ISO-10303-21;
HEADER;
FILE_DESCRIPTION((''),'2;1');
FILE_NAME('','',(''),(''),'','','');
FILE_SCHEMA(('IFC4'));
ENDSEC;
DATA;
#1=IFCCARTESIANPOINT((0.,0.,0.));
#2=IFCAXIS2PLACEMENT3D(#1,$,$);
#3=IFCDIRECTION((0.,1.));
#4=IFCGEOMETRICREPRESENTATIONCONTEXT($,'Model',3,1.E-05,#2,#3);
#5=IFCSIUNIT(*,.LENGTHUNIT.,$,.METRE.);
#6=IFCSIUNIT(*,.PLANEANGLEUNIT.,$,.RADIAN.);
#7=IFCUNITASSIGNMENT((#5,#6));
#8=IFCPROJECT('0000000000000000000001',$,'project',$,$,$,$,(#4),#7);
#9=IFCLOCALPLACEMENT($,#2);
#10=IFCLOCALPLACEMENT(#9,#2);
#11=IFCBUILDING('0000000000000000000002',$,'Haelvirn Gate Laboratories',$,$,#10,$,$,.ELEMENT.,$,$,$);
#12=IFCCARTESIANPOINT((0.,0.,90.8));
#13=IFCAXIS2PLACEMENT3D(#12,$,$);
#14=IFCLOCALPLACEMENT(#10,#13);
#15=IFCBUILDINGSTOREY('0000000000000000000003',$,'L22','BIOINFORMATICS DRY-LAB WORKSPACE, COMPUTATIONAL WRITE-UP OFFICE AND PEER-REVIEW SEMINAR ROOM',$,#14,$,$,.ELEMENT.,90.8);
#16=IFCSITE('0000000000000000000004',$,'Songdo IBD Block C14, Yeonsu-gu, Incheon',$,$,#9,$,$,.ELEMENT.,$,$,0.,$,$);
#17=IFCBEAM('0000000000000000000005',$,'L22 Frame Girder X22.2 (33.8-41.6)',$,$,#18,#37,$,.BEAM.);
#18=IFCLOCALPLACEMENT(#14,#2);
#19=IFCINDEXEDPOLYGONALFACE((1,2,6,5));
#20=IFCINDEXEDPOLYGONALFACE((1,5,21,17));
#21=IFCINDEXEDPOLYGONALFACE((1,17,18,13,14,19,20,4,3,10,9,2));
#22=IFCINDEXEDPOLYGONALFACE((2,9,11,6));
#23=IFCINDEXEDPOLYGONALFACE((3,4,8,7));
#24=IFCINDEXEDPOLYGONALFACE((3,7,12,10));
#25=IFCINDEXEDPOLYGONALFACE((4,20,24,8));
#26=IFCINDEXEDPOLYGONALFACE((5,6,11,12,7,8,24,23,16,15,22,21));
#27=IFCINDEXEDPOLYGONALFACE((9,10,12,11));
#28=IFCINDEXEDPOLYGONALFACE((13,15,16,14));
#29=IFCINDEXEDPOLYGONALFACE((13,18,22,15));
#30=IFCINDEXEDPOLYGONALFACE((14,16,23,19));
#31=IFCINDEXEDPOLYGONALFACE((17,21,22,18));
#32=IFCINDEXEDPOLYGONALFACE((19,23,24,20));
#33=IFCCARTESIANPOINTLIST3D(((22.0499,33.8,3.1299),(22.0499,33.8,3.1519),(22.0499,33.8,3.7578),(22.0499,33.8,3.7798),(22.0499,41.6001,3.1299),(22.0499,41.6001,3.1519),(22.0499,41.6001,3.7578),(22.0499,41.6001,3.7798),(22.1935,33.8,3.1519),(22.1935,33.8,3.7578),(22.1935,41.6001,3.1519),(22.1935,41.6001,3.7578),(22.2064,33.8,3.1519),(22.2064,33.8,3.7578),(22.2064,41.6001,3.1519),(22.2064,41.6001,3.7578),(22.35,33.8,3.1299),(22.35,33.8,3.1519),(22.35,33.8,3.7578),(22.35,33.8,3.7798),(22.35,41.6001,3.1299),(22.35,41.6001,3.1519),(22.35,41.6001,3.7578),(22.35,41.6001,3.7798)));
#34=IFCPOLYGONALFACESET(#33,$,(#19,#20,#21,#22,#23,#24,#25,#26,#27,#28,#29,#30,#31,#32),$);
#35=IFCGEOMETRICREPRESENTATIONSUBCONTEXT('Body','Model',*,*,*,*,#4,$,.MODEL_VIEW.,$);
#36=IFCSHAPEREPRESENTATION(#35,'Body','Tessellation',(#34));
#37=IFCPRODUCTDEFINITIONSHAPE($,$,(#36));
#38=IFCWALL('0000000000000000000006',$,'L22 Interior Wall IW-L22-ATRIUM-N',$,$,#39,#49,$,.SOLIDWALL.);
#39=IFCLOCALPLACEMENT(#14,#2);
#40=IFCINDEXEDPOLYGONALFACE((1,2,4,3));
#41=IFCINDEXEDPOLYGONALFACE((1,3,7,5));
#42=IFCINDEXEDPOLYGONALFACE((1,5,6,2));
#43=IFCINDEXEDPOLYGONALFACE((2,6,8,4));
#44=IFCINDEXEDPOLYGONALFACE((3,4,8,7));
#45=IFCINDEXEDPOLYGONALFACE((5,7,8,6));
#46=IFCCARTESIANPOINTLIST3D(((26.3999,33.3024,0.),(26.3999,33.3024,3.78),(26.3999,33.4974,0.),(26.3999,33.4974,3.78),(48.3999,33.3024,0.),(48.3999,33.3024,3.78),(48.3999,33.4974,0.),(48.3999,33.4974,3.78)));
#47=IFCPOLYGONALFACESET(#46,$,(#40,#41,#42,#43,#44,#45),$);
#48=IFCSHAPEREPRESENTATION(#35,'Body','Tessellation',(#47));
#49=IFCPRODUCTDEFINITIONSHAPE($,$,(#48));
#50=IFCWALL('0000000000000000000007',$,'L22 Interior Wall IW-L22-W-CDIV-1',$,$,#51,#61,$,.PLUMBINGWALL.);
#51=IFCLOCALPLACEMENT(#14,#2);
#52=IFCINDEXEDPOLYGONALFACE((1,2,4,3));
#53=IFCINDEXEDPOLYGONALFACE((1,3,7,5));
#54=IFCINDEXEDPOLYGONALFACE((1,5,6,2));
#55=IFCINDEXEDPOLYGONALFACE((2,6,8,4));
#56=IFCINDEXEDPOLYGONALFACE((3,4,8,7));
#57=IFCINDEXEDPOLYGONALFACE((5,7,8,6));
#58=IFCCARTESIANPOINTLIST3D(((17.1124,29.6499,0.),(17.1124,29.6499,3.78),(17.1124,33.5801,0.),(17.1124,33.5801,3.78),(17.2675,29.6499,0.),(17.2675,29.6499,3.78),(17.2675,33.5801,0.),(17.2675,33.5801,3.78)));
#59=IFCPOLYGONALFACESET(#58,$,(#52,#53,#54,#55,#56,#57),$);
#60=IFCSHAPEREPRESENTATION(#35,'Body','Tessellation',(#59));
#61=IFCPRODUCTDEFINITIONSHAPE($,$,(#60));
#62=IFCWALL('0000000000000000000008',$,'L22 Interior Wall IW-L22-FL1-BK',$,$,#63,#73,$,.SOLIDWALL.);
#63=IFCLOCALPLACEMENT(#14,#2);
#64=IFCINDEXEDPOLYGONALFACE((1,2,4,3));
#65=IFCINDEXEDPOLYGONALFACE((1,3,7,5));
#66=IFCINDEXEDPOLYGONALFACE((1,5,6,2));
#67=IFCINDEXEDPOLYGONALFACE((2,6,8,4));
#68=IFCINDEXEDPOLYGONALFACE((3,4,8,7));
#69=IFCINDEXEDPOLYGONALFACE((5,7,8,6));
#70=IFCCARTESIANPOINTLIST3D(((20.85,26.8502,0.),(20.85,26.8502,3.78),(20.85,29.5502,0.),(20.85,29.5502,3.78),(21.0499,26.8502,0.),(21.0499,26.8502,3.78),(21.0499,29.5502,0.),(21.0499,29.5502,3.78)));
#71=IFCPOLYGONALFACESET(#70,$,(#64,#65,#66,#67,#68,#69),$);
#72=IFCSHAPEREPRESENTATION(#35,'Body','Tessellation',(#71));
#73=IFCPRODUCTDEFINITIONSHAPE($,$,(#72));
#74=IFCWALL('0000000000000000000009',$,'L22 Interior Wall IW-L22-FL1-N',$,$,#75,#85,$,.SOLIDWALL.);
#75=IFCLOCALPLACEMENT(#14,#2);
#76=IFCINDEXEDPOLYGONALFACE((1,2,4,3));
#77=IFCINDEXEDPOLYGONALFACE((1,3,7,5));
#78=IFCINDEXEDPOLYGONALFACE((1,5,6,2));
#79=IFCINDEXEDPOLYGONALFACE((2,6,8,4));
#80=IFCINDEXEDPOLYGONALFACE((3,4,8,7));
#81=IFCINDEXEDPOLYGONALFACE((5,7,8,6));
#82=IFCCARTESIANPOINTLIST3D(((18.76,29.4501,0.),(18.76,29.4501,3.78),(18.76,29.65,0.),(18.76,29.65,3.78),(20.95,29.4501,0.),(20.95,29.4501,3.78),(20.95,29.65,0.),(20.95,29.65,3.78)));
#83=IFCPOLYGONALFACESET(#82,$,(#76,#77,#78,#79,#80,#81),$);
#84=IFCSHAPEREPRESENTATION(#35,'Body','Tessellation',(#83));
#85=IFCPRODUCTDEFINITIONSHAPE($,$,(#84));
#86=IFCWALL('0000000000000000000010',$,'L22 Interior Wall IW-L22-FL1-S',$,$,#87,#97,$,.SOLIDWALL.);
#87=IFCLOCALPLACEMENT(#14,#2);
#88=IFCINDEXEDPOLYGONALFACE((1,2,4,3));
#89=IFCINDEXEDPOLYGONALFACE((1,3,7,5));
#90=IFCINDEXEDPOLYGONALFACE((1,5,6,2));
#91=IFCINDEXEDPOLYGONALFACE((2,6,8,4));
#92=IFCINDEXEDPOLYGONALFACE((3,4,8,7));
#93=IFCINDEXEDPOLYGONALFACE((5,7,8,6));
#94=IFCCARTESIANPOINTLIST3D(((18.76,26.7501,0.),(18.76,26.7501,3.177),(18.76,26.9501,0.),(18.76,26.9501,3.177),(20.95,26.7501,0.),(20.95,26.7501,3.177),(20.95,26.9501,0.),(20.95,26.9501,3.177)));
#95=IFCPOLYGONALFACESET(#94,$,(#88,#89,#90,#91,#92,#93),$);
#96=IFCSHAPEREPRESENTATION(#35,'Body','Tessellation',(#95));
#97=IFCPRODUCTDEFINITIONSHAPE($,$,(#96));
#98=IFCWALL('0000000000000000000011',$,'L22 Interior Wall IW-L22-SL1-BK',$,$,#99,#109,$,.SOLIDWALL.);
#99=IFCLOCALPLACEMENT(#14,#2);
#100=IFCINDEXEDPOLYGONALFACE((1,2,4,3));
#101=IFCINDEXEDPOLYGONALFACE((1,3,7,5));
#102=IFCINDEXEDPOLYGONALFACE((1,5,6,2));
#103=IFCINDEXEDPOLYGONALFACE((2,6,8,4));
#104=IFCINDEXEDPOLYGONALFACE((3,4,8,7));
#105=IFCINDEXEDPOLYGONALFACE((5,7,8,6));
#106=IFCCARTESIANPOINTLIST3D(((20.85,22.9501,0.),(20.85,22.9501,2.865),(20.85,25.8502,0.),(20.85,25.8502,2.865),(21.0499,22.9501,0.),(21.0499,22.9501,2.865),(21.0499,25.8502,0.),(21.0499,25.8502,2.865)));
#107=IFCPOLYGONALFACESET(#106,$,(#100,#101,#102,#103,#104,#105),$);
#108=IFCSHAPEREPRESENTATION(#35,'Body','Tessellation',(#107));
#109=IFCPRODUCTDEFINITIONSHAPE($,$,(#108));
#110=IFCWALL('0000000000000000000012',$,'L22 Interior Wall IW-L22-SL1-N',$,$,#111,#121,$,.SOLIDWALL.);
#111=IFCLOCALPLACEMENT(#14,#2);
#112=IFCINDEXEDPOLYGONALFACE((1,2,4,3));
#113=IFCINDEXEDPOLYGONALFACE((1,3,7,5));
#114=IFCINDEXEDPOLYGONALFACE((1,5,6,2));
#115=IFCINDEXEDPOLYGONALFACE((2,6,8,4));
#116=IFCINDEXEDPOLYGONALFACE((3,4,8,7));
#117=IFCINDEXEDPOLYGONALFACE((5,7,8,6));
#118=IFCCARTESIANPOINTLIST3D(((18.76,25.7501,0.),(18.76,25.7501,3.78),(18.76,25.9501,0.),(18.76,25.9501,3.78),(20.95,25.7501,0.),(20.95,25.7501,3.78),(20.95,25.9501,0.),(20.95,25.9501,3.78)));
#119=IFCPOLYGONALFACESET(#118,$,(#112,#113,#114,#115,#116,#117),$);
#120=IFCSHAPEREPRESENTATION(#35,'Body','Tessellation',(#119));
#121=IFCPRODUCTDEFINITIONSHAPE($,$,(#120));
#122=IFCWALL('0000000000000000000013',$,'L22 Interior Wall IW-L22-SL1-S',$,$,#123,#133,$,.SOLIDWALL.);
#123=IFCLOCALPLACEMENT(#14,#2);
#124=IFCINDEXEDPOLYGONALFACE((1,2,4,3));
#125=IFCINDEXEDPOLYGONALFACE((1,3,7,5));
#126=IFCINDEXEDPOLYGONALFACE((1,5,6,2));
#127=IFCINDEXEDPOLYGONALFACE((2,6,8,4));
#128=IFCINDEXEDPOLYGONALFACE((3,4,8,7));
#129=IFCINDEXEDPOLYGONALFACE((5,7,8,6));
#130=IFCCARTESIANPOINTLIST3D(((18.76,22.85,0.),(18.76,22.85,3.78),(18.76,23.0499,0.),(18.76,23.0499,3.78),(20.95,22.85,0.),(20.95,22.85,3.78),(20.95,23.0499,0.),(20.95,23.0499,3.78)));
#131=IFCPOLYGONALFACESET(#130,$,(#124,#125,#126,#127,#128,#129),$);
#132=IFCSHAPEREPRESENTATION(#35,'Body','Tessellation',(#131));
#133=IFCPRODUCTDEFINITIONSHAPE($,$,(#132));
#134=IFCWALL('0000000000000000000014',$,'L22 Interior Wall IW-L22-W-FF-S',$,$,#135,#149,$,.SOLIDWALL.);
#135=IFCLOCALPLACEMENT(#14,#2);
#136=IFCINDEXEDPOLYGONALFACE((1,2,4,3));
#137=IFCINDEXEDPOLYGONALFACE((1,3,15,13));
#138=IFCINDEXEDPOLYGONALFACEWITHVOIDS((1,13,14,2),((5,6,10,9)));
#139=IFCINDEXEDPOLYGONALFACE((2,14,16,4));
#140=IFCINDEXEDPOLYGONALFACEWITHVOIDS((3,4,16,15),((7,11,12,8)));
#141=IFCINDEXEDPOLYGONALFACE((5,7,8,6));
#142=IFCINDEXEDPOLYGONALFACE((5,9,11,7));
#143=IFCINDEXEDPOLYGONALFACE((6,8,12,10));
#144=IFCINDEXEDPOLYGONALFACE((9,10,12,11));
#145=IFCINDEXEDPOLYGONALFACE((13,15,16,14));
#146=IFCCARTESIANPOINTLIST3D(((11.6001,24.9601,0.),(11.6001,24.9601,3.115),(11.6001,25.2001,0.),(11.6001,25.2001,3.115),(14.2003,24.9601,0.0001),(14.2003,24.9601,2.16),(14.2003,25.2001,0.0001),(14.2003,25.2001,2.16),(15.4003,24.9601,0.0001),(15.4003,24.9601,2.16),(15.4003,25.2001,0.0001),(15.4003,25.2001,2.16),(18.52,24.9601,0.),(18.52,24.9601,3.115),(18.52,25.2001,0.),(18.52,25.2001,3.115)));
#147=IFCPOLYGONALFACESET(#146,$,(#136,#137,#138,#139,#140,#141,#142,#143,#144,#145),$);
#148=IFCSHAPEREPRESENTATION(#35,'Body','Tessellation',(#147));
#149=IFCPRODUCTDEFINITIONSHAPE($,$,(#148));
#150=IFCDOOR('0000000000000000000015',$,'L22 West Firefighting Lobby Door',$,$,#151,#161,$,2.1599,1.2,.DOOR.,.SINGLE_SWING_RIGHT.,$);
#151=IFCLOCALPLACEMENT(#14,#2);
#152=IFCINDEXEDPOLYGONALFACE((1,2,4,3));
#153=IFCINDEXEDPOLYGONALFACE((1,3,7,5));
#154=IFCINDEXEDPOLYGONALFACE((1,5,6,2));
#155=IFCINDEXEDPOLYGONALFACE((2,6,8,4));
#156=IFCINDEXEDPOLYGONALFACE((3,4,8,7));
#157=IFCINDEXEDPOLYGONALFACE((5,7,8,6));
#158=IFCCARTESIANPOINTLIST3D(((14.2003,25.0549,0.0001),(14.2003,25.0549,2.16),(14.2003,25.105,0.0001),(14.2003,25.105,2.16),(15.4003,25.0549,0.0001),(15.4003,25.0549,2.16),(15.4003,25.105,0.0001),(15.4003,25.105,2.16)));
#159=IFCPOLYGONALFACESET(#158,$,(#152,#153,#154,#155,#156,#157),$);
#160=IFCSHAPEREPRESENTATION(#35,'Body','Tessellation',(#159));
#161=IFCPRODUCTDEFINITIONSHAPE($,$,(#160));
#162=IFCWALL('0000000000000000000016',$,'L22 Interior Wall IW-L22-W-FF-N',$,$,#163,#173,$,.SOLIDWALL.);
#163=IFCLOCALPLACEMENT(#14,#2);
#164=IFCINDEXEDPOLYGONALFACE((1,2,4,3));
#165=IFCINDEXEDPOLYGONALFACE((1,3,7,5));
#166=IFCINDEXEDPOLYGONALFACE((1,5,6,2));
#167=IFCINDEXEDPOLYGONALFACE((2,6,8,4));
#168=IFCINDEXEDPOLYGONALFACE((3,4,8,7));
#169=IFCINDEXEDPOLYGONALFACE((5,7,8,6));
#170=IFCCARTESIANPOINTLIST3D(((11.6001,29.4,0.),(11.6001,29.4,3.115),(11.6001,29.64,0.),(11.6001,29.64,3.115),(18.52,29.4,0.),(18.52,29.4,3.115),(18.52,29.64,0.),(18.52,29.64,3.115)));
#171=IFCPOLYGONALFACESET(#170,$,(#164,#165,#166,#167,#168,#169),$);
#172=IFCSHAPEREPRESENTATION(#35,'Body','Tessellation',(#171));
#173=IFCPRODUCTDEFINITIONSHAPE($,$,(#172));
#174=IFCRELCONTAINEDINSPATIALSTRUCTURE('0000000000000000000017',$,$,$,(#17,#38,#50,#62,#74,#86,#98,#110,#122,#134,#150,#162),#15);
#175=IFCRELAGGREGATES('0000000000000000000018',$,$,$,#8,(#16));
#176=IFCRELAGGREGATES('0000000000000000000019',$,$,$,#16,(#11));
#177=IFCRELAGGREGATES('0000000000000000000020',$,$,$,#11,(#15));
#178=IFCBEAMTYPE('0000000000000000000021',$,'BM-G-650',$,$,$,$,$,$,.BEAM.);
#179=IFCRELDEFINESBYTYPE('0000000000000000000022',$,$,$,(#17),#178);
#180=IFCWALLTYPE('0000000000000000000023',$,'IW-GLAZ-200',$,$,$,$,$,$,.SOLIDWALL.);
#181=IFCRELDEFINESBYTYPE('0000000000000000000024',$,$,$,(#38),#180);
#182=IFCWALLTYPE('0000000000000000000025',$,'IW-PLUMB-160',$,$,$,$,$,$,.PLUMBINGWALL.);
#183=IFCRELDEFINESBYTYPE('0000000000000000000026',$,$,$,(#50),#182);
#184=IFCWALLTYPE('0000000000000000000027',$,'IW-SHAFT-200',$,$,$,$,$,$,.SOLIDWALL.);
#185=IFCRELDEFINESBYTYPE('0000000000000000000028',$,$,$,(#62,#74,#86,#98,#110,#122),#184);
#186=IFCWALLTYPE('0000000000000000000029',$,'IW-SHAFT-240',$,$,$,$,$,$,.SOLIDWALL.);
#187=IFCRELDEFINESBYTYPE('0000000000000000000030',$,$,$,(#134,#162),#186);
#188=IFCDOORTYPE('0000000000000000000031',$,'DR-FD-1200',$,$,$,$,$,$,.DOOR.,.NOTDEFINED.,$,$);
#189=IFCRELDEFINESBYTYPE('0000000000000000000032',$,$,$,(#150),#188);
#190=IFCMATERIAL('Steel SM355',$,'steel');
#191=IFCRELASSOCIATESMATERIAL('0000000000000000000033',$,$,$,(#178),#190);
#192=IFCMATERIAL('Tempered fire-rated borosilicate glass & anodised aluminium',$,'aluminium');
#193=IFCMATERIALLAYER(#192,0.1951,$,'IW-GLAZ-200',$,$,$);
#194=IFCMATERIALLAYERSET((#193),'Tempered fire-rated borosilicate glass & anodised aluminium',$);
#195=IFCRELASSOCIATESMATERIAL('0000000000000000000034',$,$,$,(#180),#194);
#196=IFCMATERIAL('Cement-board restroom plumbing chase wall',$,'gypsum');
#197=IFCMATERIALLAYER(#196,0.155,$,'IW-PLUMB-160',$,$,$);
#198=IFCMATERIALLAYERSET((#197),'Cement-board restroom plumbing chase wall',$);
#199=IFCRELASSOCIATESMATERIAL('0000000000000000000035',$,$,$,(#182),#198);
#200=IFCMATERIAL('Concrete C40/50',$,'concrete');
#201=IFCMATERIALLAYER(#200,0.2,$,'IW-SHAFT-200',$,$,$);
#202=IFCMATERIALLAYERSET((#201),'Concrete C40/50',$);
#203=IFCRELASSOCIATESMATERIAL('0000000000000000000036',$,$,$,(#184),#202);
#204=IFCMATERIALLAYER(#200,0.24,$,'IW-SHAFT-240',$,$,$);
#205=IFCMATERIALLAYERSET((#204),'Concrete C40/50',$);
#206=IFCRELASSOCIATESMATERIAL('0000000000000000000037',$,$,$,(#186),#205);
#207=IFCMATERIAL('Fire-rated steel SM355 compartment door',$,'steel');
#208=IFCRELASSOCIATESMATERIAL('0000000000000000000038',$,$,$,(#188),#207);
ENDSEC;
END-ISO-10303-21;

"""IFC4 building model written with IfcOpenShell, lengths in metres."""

from ifc_helpers import new_model, si_unit, direction, frame, frame_2d, origin, origin_2d, place, context, subcontext, project, spatial, rectangle, i_section, extrude, source, transform, mapped, material, layer, layer_set, material_profile, profile_set, type_object, type_shapes, element, fill, save


model = new_model("IFC4")

# Units and contexts
model_context = context("Model", 3, precision=1e-05, world=origin(), true_north=direction((0.0, 1.0)))
body_context = subcontext(model_context, "Body", "Model", "MODEL_VIEW")
ifc_project = project(units=[si_unit("LENGTHUNIT", "METRE"), si_unit("PLANEANGLEUNIT", "RADIAN")], contexts=[model_context])

# Site, building, storey
site_placement = place(None, origin())
site = spatial("IfcSite", under=ifc_project, at=site_placement, Name="Songdo IBD Block C14, Yeonsu-gu, Incheon", CompositionType="ELEMENT", RefElevation=0.0)
building_placement = place(site_placement, origin())
building = spatial("IfcBuilding", under=site, at=building_placement, Name="Haelvirn Gate Laboratories", CompositionType="ELEMENT")
storey_placement = place(building_placement, frame((0.0, 0.0, 90.8)))
storey = spatial("IfcBuildingStorey", under=building, at=storey_placement, Name="L22", Description="BIOINFORMATICS DRY-LAB WORKSPACE, COMPUTATIONAL WRITE-UP OFFICE AND PEER-REVIEW SEMINAR ROOM", CompositionType="ELEMENT", Elevation=90.8)

# Beam
ifc_material_1 = material(Name="Steel SM355", Category="steel")
ifc_material_profile_1 = material_profile(ifc_material_1, i_section(OverallWidth=0.3, OverallDepth=0.6499, WebThickness=0.0129, FlangeThickness=0.022, at=origin_2d()), Name="H-650x300x13x22")
ifc_profile_set_1 = profile_set([ifc_material_profile_1], Name="Steel SM355")
beam_type_1 = type_object("IfcBeamType", Name="BM-G-650", PredefinedType="BEAM", material=ifc_profile_set_1)
shared_shape_1 = source(origin(), body_context, "Body", "SweptSolid", [
    extrude(i_section(OverallWidth=0.3, OverallDepth=0.6499, WebThickness=0.0129, FlangeThickness=0.022, at=origin_2d()), origin(), (0.0, 0.0, 1.0), 7.8),
])
type_shapes(beam_type_1, [shared_shape_1])
beam_1_placement = place(storey_placement, frame((22.2, 33.8, 3.4548), z_axis=(0.0, 1.0, 0.0), x_axis=(-1.0, 0.0, 0.0)))
element("IfcBeam", 1, at=beam_1_placement, inside=storey, type_object=beam_type_1, Name="L22 Frame Girder X22.2 (33.8-41.6)", PredefinedType="BEAM", context=body_context, shape_type="MappedRepresentation", body=[
    mapped(shared_shape_1, transform((0.0, 0.0, 0.0), scale=1.0)),
])

# Walls
ifc_material_2 = material(Name="Tempered fire-rated borosilicate glass & anodised aluminium", Category="aluminium")
ifc_layer_1 = layer(ifc_material_2, 0.1951, Name="IW-GLAZ-200")
ifc_layer_set_1 = layer_set([ifc_layer_1], Name="Tempered fire-rated borosilicate glass & anodised aluminium")
wall_type_1 = type_object("IfcWallType", Name="IW-GLAZ-200", PredefinedType="SOLIDWALL", material=ifc_layer_set_1)
wall_1_placement = place(storey_placement, frame((26.3999, 33.3999, 0.0), z_axis=(0.0, 0.0, 1.0), x_axis=(1.0, 0.0, 0.0)))
element("IfcWall", 2, at=wall_1_placement, inside=storey, type_object=wall_type_1, Name="L22 Interior Wall IW-L22-ATRIUM-N", PredefinedType="SOLIDWALL", context=body_context, shape_type="SweptSolid", body=[
    extrude(rectangle(XDim=22.0, YDim=0.1951, at=frame_2d((11.0, 0.0))), origin(), (0.0, 0.0, 1.0), 3.78),
])
ifc_material_3 = material(Name="Cement-board restroom plumbing chase wall", Category="gypsum")
ifc_layer_2 = layer(ifc_material_3, 0.155, Name="IW-PLUMB-160")
ifc_layer_set_2 = layer_set([ifc_layer_2], Name="Cement-board restroom plumbing chase wall")
wall_type_2 = type_object("IfcWallType", Name="IW-PLUMB-160", PredefinedType="PLUMBINGWALL", material=ifc_layer_set_2)
wall_2_placement = place(storey_placement, frame((17.1899, 29.6499, 0.0), z_axis=(0.0, 0.0, 1.0), x_axis=(0.0, 1.0, 0.0)))
element("IfcWall", 3, at=wall_2_placement, inside=storey, type_object=wall_type_2, Name="L22 Interior Wall IW-L22-W-CDIV-1", PredefinedType="PLUMBINGWALL", context=body_context, shape_type="SweptSolid", body=[
    extrude(rectangle(XDim=3.9302, YDim=0.155, at=frame_2d((1.9651, 0.0))), origin(), (0.0, 0.0, 1.0), 3.78),
])
ifc_material_4 = material(Name="Concrete C40/50", Category="concrete")
ifc_layer_3 = layer(ifc_material_4, 0.2, Name="IW-SHAFT-200")
ifc_layer_set_3 = layer_set([ifc_layer_3], Name="Concrete C40/50")
wall_type_3 = type_object("IfcWallType", Name="IW-SHAFT-200", PredefinedType="SOLIDWALL", material=ifc_layer_set_3)
wall_3_placement = place(storey_placement, frame((20.95, 26.8501, 0.0), z_axis=(0.0, 0.0, 1.0), x_axis=(0.0, 1.0, 0.0)))
element("IfcWall", 4, at=wall_3_placement, inside=storey, type_object=wall_type_3, Name="L22 Interior Wall IW-L22-FL1-BK", PredefinedType="SOLIDWALL", context=body_context, shape_type="SweptSolid", body=[
    extrude(rectangle(XDim=2.7, YDim=0.2, at=frame_2d((1.3501, 0.0))), origin(), (0.0, 0.0, 1.0), 3.78),
])
wall_4_placement = place(storey_placement, frame((18.76, 29.55, 0.0), z_axis=(0.0, 0.0, 1.0), x_axis=(1.0, 0.0, 0.0)))
element("IfcWall", 5, at=wall_4_placement, inside=storey, type_object=wall_type_3, Name="L22 Interior Wall IW-L22-FL1-N", PredefinedType="SOLIDWALL", context=body_context, shape_type="SweptSolid", body=[
    extrude(rectangle(XDim=2.1899, YDim=0.2, at=frame_2d((1.095, 0.0))), origin(), (0.0, 0.0, 1.0), 3.78),
])
wall_5_placement = place(storey_placement, frame((18.76, 26.8501, 0.0), z_axis=(0.0, 0.0, 1.0), x_axis=(1.0, 0.0, 0.0)))
element("IfcWall", 6, at=wall_5_placement, inside=storey, type_object=wall_type_3, Name="L22 Interior Wall IW-L22-FL1-S", PredefinedType="SOLIDWALL", context=body_context, shape_type="SweptSolid", body=[
    extrude(rectangle(XDim=2.1899, YDim=0.2, at=frame_2d((1.095, 0.0))), origin(), (0.0, 0.0, 1.0), 3.177),
])
wall_6_placement = place(storey_placement, frame((20.95, 22.95, 0.0), z_axis=(0.0, 0.0, 1.0), x_axis=(0.0, 1.0, 0.0)))
element("IfcWall", 7, at=wall_6_placement, inside=storey, type_object=wall_type_3, Name="L22 Interior Wall IW-L22-SL1-BK", PredefinedType="SOLIDWALL", context=body_context, shape_type="SweptSolid", body=[
    extrude(rectangle(XDim=2.9001, YDim=0.2, at=frame_2d((1.4502, 0.0))), origin(), (0.0, 0.0, 1.0), 2.865),
])
for number, where, z_axis, x_axis, name in (
    (8, (18.76, 25.8501, 0.0), (0.0, 0.0, 1.0), (1.0, 0.0, 0.0), "L22 Interior Wall IW-L22-SL1-N"),
    (9, (18.76, 22.95, 0.0), (0.0, 0.0, 1.0), (1.0, 0.0, 0.0), "L22 Interior Wall IW-L22-SL1-S"),
):
    element("IfcWall", number, at=place(storey_placement, frame(where, z_axis=z_axis, x_axis=x_axis)), inside=storey, type_object=wall_type_3, Name=name, PredefinedType="SOLIDWALL", context=body_context, shape_type="SweptSolid", body=[
        extrude(rectangle(XDim=2.1899, YDim=0.2, at=frame_2d((1.095, 0.0))), origin(), (0.0, 0.0, 1.0), 3.78),
    ])

# Wall, opening, door
ifc_layer_4 = layer(ifc_material_4, 0.24, Name="IW-SHAFT-240")
ifc_layer_set_4 = layer_set([ifc_layer_4], Name="Concrete C40/50")
wall_type_4 = type_object("IfcWallType", Name="IW-SHAFT-240", PredefinedType="SOLIDWALL", material=ifc_layer_set_4)
wall_7_placement = place(storey_placement, frame((11.6001, 25.0801, 0.0), z_axis=(0.0, 0.0, 1.0), x_axis=(1.0, 0.0, 0.0)))
wall_7 = element("IfcWall", 10, at=wall_7_placement, inside=storey, type_object=wall_type_4, Name="L22 Interior Wall IW-L22-W-FF-S", PredefinedType="SOLIDWALL", context=body_context, shape_type="SweptSolid", body=[
    extrude(rectangle(XDim=6.9199, YDim=0.24, at=frame_2d((3.46, 0.0))), origin(), (0.0, 0.0, 1.0), 3.115),
])
opening_1_placement = place(wall_7_placement, frame((2.6001, 0.0, 0.0)))
opening_1 = element("IfcOpeningElement", 11, at=opening_1_placement, cuts=wall_7, PredefinedType="OPENING", context=body_context, shape_type="SweptSolid", body=[
    extrude(rectangle(XDim=1.2, YDim=2.1599, at=frame_2d((0.6001, 1.0801))), frame((0.0, 0.1299, 0.0), z_axis=(0.0, -1.0, 0.0), x_axis=(1.0, 0.0, 0.0)), (0.0, 0.0, 1.0), 0.26),
])
ifc_material_5 = material(Name="Fire-rated steel SM355 compartment door", Category="steel")
door_type_1 = type_object("IfcDoorType", Name="DR-FD-1200", OperationType="NOTDEFINED", PredefinedType="DOOR", material=ifc_material_5)
shared_shape_2 = source(origin(), body_context, "Body", "SweptSolid", [
    extrude(rectangle(XDim=1.2, YDim=2.1599, at=frame_2d((0.6001, 1.0801))), frame((0.0, 0.0249, 0.0), z_axis=(0.0, -1.0, 0.0), x_axis=(1.0, 0.0, 0.0)), (0.0, 0.0, 1.0), 0.05),
])
type_shapes(door_type_1, [shared_shape_2])
door_1_placement = place(opening_1_placement, origin())
door_1 = element("IfcDoor", 12, at=door_1_placement, inside=storey, type_object=door_type_1, Name="L22 West Firefighting Lobby Door", OperationType="SINGLE_SWING_RIGHT", OverallHeight=2.1599, OverallWidth=1.2, PredefinedType="DOOR", context=body_context, shape_type="MappedRepresentation", body=[
    mapped(shared_shape_2, transform((0.0, 0.0, 0.0), scale=1.0)),
])
fill(opening_1, door_1)

# Wall
wall_8_placement = place(storey_placement, frame((11.6001, 29.52, 0.0), z_axis=(0.0, 0.0, 1.0), x_axis=(1.0, 0.0, 0.0)))
element("IfcWall", 13, at=wall_8_placement, inside=storey, type_object=wall_type_4, Name="L22 Interior Wall IW-L22-W-FF-N", PredefinedType="SOLIDWALL", context=body_context, shape_type="SweptSolid", body=[
    extrude(rectangle(XDim=6.9199, YDim=0.24, at=frame_2d((3.46, 0.0))), origin(), (0.0, 0.0, 1.0), 3.115),
])

save(model, "model.ifc")
